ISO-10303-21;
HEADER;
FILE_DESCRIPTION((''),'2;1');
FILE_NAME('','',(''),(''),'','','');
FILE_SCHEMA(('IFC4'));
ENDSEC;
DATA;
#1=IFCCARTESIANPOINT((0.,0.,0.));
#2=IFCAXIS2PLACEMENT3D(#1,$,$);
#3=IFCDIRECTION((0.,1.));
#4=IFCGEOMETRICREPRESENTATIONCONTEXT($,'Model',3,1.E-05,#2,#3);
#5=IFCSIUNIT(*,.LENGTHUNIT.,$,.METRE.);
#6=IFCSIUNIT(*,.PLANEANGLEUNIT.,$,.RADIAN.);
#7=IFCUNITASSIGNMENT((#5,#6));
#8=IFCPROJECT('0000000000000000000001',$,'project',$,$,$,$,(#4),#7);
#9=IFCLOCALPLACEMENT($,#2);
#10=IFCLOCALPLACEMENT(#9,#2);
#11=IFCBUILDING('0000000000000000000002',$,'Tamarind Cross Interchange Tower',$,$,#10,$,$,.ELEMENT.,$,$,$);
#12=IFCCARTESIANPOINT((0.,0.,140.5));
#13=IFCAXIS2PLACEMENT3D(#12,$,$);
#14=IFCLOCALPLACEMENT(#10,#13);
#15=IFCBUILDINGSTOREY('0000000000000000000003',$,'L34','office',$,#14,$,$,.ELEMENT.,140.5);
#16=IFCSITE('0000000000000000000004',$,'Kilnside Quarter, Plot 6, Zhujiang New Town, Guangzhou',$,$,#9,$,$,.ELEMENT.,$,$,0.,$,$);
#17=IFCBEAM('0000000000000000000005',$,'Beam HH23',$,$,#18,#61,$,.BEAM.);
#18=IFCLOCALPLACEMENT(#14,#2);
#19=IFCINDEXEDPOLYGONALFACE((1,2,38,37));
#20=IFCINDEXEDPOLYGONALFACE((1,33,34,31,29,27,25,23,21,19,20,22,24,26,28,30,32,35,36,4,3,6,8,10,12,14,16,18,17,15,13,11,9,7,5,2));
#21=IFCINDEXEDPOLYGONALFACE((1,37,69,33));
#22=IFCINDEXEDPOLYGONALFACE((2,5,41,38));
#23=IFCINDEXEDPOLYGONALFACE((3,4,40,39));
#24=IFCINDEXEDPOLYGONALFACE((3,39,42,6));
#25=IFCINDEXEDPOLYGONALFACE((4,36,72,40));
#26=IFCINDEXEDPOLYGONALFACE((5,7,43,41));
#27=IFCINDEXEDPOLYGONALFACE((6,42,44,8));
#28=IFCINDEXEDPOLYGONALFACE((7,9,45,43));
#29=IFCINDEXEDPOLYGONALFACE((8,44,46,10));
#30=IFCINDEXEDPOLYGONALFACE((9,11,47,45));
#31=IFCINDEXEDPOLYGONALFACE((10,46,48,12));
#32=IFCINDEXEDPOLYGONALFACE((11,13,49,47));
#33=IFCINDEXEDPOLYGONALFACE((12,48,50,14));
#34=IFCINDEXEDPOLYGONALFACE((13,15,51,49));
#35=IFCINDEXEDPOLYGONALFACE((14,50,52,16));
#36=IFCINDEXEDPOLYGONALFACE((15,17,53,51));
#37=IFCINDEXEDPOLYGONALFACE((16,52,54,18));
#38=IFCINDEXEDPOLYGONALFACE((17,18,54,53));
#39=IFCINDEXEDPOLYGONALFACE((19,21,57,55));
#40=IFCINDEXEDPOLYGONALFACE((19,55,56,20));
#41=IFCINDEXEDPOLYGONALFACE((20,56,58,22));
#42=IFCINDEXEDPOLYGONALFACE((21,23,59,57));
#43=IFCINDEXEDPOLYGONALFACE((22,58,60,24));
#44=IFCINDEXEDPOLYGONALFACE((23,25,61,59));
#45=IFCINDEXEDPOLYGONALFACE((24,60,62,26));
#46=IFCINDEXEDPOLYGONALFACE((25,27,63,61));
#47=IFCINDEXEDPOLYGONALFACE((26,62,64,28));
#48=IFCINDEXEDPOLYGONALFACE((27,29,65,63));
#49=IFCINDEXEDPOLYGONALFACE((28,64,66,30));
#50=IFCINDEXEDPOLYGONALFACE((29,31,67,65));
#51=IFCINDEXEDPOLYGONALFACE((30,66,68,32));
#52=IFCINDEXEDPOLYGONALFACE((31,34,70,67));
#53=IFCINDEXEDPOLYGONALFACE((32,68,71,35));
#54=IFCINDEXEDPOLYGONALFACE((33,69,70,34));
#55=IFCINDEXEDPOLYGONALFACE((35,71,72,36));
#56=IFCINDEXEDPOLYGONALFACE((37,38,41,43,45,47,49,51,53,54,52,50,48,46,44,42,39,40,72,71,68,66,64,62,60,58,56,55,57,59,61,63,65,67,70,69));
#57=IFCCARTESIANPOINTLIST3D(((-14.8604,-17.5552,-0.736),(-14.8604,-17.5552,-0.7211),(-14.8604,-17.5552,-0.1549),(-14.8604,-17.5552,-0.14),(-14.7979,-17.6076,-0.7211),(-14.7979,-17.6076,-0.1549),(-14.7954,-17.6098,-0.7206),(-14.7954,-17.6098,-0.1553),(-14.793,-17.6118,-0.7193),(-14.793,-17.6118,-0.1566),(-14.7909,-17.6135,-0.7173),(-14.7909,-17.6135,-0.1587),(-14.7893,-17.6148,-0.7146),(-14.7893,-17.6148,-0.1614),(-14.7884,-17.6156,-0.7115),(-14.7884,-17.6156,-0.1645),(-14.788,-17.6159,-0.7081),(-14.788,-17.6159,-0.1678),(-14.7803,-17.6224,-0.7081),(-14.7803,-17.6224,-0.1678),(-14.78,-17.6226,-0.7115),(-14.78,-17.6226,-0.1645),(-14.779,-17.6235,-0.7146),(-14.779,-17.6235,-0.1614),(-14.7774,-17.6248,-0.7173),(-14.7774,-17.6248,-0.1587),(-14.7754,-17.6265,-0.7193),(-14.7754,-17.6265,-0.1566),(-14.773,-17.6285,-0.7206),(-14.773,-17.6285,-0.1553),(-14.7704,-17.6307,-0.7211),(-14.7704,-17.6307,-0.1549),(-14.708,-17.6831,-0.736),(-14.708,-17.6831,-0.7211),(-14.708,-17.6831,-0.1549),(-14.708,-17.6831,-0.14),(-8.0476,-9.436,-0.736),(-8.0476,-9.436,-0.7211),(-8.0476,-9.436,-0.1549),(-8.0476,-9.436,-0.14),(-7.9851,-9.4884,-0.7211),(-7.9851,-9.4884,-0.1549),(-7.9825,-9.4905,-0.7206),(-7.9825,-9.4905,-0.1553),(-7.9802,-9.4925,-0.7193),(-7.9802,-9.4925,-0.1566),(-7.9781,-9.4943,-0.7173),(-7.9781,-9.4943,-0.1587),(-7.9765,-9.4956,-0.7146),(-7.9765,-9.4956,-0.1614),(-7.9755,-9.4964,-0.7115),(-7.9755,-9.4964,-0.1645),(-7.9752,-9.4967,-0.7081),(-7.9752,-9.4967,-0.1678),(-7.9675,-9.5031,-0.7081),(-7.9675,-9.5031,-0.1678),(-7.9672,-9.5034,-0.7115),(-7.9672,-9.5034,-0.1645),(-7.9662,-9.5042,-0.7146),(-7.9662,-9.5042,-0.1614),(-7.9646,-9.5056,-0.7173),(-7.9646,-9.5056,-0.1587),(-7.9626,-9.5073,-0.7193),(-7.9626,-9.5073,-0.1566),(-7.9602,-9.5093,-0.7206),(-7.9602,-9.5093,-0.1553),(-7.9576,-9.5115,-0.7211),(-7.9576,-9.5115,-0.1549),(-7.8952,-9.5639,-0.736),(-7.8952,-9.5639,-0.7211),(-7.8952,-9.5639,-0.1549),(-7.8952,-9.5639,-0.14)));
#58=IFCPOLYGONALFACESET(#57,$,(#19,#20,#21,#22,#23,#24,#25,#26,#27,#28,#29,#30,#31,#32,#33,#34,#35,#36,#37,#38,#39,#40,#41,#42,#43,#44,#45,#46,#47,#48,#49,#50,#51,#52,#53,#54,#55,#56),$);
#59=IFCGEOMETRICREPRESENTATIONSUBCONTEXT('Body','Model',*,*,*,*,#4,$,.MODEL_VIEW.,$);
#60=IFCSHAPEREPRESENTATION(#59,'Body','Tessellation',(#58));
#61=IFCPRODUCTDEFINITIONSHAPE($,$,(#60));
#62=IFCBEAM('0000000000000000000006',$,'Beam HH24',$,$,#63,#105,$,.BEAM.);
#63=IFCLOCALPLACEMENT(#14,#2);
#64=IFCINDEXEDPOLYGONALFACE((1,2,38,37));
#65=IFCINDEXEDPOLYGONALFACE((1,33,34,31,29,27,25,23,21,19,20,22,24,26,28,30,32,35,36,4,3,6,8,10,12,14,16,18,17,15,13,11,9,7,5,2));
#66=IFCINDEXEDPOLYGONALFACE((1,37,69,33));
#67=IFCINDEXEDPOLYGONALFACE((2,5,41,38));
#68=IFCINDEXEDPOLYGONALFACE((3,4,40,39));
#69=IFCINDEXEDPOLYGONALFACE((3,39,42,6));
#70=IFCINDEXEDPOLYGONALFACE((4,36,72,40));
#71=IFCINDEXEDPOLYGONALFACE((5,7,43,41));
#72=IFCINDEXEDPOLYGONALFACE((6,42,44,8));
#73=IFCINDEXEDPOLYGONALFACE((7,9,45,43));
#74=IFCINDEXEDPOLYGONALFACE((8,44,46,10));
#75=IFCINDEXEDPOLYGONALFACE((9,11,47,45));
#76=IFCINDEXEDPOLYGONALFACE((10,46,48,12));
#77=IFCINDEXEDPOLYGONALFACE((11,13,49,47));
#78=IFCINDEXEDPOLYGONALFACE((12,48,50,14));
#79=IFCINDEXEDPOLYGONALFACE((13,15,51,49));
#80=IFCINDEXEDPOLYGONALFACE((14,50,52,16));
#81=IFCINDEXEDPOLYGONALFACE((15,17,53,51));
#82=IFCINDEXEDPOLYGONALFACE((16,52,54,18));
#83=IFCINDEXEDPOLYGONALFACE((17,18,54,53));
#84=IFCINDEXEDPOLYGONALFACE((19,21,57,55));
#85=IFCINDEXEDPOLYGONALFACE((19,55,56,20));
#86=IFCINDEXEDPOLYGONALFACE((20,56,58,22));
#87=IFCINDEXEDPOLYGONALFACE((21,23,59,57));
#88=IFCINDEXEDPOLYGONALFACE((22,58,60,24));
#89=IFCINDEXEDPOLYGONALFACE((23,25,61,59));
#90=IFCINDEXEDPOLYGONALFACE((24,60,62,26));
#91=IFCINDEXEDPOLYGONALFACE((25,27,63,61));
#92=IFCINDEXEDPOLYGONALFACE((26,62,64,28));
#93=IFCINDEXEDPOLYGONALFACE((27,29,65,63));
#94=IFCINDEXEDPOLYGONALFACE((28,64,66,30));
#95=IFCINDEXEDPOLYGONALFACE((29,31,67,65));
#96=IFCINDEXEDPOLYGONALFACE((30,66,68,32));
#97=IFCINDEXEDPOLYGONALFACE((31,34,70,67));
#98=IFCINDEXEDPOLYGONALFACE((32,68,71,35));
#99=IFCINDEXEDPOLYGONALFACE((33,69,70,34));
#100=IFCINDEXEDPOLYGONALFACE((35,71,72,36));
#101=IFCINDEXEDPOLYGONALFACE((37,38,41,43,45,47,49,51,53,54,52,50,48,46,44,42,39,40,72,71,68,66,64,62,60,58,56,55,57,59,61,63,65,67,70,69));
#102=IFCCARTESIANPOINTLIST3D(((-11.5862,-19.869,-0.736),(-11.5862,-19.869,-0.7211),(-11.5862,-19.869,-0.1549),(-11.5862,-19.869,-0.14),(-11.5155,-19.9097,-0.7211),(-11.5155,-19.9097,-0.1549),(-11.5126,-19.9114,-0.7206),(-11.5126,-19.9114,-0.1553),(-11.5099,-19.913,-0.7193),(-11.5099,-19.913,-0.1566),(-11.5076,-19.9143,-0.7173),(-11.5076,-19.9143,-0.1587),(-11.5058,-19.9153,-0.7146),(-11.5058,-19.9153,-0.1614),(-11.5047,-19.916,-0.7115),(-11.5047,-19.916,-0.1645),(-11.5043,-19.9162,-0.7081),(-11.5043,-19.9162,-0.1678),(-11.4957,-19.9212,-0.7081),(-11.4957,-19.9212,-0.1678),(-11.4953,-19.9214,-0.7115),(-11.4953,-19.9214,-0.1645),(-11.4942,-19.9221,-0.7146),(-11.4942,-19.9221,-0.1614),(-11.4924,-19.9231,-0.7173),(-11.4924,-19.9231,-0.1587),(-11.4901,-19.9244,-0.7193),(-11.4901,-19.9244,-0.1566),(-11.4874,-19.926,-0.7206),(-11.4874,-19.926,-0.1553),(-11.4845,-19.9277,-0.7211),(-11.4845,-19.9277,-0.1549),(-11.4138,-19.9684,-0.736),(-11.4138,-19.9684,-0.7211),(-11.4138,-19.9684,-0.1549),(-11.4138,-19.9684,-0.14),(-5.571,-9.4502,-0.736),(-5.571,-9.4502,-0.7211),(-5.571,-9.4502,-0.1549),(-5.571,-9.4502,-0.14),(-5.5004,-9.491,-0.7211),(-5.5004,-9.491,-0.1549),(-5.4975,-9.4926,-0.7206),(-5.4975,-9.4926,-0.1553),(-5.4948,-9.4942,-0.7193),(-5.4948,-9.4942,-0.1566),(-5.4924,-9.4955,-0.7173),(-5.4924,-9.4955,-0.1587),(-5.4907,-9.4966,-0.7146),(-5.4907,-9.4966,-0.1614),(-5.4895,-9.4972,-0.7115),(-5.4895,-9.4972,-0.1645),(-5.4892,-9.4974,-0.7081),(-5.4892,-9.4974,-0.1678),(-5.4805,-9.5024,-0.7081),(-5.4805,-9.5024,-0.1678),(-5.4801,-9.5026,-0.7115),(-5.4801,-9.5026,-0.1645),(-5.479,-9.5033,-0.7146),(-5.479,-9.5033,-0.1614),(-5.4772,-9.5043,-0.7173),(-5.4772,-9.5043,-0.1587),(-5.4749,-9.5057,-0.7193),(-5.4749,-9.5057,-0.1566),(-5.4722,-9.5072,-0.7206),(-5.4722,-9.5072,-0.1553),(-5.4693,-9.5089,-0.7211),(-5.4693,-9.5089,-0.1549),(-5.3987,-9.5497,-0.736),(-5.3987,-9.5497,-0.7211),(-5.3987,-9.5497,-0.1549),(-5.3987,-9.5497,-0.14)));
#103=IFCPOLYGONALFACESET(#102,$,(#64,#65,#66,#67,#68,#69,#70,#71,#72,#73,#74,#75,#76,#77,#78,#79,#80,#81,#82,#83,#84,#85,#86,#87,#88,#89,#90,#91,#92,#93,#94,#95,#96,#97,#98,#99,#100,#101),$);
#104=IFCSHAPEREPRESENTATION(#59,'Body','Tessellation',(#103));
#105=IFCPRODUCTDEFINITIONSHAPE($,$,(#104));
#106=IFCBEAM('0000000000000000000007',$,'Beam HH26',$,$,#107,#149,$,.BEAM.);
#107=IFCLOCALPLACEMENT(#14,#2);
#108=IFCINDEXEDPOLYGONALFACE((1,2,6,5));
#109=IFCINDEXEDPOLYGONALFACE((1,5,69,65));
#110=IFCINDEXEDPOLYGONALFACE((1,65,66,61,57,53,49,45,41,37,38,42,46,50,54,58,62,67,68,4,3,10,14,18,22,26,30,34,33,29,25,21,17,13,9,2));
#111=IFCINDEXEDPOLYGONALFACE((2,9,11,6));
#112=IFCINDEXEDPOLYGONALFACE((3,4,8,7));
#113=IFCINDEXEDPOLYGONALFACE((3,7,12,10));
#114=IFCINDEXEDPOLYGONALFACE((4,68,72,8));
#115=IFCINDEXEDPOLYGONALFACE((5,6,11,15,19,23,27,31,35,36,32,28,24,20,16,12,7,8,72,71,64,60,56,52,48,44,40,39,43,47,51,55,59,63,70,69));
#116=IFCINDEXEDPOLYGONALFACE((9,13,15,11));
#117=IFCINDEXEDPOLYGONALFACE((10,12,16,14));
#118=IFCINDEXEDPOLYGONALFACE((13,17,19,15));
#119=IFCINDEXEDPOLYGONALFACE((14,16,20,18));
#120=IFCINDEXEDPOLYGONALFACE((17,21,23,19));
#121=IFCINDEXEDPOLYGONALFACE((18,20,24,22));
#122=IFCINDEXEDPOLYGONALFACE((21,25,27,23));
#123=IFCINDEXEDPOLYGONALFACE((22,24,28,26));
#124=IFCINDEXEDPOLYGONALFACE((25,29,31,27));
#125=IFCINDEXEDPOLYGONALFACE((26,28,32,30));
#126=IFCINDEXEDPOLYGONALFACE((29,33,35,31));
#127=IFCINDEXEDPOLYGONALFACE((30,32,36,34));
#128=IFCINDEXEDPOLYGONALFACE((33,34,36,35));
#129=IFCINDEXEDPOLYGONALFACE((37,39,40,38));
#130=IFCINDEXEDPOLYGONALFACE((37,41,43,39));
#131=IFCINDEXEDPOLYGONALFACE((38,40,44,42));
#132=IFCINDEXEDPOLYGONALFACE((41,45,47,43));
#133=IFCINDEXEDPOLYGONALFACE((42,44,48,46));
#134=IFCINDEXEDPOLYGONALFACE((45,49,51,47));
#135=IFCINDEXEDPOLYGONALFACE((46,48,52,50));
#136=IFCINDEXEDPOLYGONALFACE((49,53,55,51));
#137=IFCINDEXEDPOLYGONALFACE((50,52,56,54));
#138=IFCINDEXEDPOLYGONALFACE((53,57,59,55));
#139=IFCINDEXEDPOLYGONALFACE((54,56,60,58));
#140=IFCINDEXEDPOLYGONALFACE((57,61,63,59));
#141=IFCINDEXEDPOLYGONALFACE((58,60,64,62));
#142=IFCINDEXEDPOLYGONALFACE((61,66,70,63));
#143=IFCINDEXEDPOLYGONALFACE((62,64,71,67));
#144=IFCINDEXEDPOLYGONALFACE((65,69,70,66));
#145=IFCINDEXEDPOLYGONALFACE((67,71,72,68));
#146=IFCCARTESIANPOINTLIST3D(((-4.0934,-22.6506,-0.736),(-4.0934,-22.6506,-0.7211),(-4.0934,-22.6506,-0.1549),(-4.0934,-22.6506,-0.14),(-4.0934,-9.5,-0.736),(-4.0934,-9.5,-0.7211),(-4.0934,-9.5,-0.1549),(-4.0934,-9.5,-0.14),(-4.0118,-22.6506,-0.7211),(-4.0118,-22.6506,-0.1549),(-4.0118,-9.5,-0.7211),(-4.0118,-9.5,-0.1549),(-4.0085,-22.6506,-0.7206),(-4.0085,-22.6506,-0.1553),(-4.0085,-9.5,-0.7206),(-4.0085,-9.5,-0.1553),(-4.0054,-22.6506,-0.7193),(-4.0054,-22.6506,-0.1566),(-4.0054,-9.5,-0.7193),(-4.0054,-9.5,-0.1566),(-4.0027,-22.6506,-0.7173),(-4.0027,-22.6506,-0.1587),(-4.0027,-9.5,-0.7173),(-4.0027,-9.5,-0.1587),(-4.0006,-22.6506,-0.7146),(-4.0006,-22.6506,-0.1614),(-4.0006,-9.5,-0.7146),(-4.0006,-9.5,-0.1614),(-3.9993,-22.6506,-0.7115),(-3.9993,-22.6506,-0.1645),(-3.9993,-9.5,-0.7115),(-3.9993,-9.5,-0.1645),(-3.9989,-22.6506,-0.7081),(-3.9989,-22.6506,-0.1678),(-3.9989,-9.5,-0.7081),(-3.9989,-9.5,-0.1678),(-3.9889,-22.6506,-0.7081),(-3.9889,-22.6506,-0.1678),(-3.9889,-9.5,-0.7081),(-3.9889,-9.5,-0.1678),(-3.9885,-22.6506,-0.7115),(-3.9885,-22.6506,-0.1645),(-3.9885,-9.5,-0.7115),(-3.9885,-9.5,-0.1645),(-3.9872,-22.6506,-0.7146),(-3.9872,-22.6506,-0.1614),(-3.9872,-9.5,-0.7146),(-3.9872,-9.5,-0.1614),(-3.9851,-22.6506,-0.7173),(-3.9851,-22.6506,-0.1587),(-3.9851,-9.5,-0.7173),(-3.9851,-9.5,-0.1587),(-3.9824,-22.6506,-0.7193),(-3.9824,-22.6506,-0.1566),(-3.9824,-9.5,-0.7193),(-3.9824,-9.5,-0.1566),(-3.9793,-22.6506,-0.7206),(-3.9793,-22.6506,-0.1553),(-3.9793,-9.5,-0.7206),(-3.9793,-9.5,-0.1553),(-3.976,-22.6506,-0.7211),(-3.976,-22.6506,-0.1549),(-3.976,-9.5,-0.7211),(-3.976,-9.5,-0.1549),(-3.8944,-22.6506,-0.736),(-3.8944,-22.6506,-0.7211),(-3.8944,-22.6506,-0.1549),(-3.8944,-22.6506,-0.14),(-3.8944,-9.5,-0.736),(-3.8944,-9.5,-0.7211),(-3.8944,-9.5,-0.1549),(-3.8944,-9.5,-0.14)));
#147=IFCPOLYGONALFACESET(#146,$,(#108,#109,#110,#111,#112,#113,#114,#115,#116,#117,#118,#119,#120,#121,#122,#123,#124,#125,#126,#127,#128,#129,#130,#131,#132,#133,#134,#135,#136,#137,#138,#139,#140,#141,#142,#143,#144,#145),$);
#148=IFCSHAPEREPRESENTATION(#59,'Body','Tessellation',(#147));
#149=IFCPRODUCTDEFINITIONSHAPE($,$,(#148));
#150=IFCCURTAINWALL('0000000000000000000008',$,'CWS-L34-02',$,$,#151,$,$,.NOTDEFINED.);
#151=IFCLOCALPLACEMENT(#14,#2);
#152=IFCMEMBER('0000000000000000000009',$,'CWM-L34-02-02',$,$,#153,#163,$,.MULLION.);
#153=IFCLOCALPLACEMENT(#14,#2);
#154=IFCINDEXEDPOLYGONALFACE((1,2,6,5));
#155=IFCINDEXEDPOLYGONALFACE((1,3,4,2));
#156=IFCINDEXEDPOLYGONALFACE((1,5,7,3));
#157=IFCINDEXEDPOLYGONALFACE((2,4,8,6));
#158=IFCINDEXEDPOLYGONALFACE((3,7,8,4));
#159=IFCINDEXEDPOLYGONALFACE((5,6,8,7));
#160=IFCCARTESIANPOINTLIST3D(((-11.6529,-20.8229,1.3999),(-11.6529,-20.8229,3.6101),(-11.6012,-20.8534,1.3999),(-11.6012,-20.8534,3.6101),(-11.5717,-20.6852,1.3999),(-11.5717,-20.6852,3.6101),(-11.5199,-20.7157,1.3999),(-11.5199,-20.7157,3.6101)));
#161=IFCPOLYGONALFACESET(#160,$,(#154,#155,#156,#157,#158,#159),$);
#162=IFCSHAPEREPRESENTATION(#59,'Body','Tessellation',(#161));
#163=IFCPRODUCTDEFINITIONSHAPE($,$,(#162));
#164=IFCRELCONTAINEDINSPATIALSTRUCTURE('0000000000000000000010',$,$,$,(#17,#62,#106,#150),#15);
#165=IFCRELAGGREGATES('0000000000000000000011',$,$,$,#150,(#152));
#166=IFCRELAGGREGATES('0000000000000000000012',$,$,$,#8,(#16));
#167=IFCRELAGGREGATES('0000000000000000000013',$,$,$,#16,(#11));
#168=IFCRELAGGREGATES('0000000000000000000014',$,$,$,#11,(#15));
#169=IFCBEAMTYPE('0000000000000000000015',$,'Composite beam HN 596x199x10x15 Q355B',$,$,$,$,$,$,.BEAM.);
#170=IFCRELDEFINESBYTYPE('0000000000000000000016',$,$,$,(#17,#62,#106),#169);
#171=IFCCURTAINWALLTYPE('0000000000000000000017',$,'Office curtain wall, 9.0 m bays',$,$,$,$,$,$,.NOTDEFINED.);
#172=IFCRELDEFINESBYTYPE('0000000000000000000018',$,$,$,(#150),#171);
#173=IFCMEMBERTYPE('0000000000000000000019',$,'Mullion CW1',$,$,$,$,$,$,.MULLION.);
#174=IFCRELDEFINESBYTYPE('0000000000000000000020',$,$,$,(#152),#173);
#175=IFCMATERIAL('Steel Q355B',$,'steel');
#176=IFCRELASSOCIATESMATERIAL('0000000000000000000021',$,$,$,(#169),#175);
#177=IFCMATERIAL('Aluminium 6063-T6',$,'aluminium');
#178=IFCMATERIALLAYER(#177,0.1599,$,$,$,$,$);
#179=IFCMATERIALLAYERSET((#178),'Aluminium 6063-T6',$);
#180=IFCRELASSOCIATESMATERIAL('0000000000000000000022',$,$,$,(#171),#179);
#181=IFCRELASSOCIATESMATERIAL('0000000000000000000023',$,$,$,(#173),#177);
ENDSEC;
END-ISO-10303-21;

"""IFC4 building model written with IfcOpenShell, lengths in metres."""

from ifc_helpers import new_model, si_unit, direction, frame, origin, origin_2d, place, context, subcontext, project, spatial, rectangle, i_section, extrude, material, layer, layer_set, material_profile, profile_set, type_object, element, aggregate, save


model = new_model("IFC4")

# Units and contexts
model_context = context("Model", 3, precision=1e-05, world=origin(), true_north=direction((0.0, 1.0)))
body_context = subcontext(model_context, "Body", "Model", "MODEL_VIEW")
ifc_project = project(units=[si_unit("LENGTHUNIT", "METRE"), si_unit("PLANEANGLEUNIT", "RADIAN")], contexts=[model_context])

# Site, building, storey
site_placement = place(None, origin())
site = spatial("IfcSite", under=ifc_project, at=site_placement, Name="Kilnside Quarter, Plot 6, Zhujiang New Town, Guangzhou", CompositionType="ELEMENT", RefElevation=0.0)
building_placement = place(site_placement, origin())
building = spatial("IfcBuilding", under=site, at=building_placement, Name="Tamarind Cross Interchange Tower", CompositionType="ELEMENT")
storey_placement = place(building_placement, frame((0.0, 0.0, 140.5)))
storey = spatial("IfcBuildingStorey", under=building, at=storey_placement, Name="L34", Description="office", CompositionType="ELEMENT", Elevation=140.5)

# Beams
ifc_material_1 = material(Name="Steel Q355B", Category="steel")
ifc_material_profile_1 = material_profile(ifc_material_1, i_section(OverallWidth=0.199, OverallDepth=0.5959, WebThickness=0.01, FlangeThickness=0.0149, FilletRadius=0.0129, at=origin_2d()), Name="HN 596x199x10x15")
ifc_profile_set_1 = profile_set([ifc_material_profile_1], Name="Steel Q355B")
beam_type_1 = type_object("IfcBeamType", Name="Composite beam HN 596x199x10x15 Q355B", PredefinedType="BEAM", material=ifc_profile_set_1)
beam_1_placement = place(storey_placement, frame((-14.7842, -17.6191, -0.438), z_axis=(0.642786, 0.766046, 0.0), x_axis=(-0.766046, 0.642786, 0.0)))
element("IfcBeam", 1, at=beam_1_placement, inside=storey, type_object=beam_type_1, Name="Beam HH23", PredefinedType="BEAM", context=body_context, shape_type="SweptSolid", body=[
    extrude(i_section(OverallWidth=0.199, OverallDepth=0.5959, WebThickness=0.01, FlangeThickness=0.0149, FilletRadius=0.0129, at=origin_2d()), origin(), (0.0, 0.0, 1.0), 10.5989),
])
beam_2_placement = place(storey_placement, frame((-11.5, -19.9187, -0.438), z_axis=(0.499994, 0.866029, 0.0), x_axis=(-0.866029, 0.499994, 0.0)))
element("IfcBeam", 2, at=beam_2_placement, inside=storey, type_object=beam_type_1, Name="Beam HH24", PredefinedType="BEAM", context=body_context, shape_type="SweptSolid", body=[
    extrude(i_section(OverallWidth=0.199, OverallDepth=0.5959, WebThickness=0.01, FlangeThickness=0.0149, FilletRadius=0.0129, at=origin_2d()), origin(), (0.0, 0.0, 1.0), 12.0305),
])
beam_3_placement = place(storey_placement, frame((-3.9939, -22.6506, -0.438), z_axis=(0.0, 1.0, 0.0), x_axis=(-1.0, 0.0, 0.0)))
element("IfcBeam", 3, at=beam_3_placement, inside=storey, type_object=beam_type_1, Name="Beam HH26", PredefinedType="BEAM", context=body_context, shape_type="SweptSolid", body=[
    extrude(i_section(OverallWidth=0.199, OverallDepth=0.5959, WebThickness=0.01, FlangeThickness=0.0149, FilletRadius=0.0129, at=origin_2d()), origin(), (0.0, 0.0, 1.0), 13.1506),
])

# Curtain wall, member
ifc_material_2 = material(Name="Aluminium 6063-T6", Category="aluminium")
ifc_layer_1 = layer(ifc_material_2, 0.1599)
ifc_layer_set_1 = layer_set([ifc_layer_1], Name="Aluminium 6063-T6")
curtain_wall_type = type_object("IfcCurtainWallType", Name="Office curtain wall, 9.0 m bays", PredefinedType="NOTDEFINED", material=ifc_layer_set_1)
curtain_wall_placement = place(storey_placement, origin())
curtain_wall = element("IfcCurtainWall", 4, at=curtain_wall_placement, inside=storey, type_object=curtain_wall_type, Name="CWS-L34-02", PredefinedType="NOTDEFINED")
ifc_material_profile_2 = material_profile(ifc_material_2, rectangle(XDim=0.0601, YDim=0.1599, at=origin_2d()), Name="Mullion CW1")
ifc_profile_set_2 = profile_set([ifc_material_profile_2], Name="Aluminium 6063-T6")
member_type = type_object("IfcMemberType", Name="Mullion CW1", PredefinedType="MULLION", material=ifc_profile_set_2)
member_placement = place(storey_placement, frame((-11.5864, -20.7693, 1.3999), z_axis=(0.0, 0.0, 1.0), x_axis=(0.861249, -0.508183, 0.0)))
member = element("IfcMember", 5, at=member_placement, type_object=member_type, Name="CWM-L34-02-02", PredefinedType="MULLION", context=body_context, shape_type="SweptSolid", body=[
    extrude(rectangle(XDim=0.0601, YDim=0.1599, at=origin_2d()), origin(), (0.0, 0.0, 1.0), 2.2102),
])
aggregate(curtain_wall, [member])

save(model, "model.ifc")
